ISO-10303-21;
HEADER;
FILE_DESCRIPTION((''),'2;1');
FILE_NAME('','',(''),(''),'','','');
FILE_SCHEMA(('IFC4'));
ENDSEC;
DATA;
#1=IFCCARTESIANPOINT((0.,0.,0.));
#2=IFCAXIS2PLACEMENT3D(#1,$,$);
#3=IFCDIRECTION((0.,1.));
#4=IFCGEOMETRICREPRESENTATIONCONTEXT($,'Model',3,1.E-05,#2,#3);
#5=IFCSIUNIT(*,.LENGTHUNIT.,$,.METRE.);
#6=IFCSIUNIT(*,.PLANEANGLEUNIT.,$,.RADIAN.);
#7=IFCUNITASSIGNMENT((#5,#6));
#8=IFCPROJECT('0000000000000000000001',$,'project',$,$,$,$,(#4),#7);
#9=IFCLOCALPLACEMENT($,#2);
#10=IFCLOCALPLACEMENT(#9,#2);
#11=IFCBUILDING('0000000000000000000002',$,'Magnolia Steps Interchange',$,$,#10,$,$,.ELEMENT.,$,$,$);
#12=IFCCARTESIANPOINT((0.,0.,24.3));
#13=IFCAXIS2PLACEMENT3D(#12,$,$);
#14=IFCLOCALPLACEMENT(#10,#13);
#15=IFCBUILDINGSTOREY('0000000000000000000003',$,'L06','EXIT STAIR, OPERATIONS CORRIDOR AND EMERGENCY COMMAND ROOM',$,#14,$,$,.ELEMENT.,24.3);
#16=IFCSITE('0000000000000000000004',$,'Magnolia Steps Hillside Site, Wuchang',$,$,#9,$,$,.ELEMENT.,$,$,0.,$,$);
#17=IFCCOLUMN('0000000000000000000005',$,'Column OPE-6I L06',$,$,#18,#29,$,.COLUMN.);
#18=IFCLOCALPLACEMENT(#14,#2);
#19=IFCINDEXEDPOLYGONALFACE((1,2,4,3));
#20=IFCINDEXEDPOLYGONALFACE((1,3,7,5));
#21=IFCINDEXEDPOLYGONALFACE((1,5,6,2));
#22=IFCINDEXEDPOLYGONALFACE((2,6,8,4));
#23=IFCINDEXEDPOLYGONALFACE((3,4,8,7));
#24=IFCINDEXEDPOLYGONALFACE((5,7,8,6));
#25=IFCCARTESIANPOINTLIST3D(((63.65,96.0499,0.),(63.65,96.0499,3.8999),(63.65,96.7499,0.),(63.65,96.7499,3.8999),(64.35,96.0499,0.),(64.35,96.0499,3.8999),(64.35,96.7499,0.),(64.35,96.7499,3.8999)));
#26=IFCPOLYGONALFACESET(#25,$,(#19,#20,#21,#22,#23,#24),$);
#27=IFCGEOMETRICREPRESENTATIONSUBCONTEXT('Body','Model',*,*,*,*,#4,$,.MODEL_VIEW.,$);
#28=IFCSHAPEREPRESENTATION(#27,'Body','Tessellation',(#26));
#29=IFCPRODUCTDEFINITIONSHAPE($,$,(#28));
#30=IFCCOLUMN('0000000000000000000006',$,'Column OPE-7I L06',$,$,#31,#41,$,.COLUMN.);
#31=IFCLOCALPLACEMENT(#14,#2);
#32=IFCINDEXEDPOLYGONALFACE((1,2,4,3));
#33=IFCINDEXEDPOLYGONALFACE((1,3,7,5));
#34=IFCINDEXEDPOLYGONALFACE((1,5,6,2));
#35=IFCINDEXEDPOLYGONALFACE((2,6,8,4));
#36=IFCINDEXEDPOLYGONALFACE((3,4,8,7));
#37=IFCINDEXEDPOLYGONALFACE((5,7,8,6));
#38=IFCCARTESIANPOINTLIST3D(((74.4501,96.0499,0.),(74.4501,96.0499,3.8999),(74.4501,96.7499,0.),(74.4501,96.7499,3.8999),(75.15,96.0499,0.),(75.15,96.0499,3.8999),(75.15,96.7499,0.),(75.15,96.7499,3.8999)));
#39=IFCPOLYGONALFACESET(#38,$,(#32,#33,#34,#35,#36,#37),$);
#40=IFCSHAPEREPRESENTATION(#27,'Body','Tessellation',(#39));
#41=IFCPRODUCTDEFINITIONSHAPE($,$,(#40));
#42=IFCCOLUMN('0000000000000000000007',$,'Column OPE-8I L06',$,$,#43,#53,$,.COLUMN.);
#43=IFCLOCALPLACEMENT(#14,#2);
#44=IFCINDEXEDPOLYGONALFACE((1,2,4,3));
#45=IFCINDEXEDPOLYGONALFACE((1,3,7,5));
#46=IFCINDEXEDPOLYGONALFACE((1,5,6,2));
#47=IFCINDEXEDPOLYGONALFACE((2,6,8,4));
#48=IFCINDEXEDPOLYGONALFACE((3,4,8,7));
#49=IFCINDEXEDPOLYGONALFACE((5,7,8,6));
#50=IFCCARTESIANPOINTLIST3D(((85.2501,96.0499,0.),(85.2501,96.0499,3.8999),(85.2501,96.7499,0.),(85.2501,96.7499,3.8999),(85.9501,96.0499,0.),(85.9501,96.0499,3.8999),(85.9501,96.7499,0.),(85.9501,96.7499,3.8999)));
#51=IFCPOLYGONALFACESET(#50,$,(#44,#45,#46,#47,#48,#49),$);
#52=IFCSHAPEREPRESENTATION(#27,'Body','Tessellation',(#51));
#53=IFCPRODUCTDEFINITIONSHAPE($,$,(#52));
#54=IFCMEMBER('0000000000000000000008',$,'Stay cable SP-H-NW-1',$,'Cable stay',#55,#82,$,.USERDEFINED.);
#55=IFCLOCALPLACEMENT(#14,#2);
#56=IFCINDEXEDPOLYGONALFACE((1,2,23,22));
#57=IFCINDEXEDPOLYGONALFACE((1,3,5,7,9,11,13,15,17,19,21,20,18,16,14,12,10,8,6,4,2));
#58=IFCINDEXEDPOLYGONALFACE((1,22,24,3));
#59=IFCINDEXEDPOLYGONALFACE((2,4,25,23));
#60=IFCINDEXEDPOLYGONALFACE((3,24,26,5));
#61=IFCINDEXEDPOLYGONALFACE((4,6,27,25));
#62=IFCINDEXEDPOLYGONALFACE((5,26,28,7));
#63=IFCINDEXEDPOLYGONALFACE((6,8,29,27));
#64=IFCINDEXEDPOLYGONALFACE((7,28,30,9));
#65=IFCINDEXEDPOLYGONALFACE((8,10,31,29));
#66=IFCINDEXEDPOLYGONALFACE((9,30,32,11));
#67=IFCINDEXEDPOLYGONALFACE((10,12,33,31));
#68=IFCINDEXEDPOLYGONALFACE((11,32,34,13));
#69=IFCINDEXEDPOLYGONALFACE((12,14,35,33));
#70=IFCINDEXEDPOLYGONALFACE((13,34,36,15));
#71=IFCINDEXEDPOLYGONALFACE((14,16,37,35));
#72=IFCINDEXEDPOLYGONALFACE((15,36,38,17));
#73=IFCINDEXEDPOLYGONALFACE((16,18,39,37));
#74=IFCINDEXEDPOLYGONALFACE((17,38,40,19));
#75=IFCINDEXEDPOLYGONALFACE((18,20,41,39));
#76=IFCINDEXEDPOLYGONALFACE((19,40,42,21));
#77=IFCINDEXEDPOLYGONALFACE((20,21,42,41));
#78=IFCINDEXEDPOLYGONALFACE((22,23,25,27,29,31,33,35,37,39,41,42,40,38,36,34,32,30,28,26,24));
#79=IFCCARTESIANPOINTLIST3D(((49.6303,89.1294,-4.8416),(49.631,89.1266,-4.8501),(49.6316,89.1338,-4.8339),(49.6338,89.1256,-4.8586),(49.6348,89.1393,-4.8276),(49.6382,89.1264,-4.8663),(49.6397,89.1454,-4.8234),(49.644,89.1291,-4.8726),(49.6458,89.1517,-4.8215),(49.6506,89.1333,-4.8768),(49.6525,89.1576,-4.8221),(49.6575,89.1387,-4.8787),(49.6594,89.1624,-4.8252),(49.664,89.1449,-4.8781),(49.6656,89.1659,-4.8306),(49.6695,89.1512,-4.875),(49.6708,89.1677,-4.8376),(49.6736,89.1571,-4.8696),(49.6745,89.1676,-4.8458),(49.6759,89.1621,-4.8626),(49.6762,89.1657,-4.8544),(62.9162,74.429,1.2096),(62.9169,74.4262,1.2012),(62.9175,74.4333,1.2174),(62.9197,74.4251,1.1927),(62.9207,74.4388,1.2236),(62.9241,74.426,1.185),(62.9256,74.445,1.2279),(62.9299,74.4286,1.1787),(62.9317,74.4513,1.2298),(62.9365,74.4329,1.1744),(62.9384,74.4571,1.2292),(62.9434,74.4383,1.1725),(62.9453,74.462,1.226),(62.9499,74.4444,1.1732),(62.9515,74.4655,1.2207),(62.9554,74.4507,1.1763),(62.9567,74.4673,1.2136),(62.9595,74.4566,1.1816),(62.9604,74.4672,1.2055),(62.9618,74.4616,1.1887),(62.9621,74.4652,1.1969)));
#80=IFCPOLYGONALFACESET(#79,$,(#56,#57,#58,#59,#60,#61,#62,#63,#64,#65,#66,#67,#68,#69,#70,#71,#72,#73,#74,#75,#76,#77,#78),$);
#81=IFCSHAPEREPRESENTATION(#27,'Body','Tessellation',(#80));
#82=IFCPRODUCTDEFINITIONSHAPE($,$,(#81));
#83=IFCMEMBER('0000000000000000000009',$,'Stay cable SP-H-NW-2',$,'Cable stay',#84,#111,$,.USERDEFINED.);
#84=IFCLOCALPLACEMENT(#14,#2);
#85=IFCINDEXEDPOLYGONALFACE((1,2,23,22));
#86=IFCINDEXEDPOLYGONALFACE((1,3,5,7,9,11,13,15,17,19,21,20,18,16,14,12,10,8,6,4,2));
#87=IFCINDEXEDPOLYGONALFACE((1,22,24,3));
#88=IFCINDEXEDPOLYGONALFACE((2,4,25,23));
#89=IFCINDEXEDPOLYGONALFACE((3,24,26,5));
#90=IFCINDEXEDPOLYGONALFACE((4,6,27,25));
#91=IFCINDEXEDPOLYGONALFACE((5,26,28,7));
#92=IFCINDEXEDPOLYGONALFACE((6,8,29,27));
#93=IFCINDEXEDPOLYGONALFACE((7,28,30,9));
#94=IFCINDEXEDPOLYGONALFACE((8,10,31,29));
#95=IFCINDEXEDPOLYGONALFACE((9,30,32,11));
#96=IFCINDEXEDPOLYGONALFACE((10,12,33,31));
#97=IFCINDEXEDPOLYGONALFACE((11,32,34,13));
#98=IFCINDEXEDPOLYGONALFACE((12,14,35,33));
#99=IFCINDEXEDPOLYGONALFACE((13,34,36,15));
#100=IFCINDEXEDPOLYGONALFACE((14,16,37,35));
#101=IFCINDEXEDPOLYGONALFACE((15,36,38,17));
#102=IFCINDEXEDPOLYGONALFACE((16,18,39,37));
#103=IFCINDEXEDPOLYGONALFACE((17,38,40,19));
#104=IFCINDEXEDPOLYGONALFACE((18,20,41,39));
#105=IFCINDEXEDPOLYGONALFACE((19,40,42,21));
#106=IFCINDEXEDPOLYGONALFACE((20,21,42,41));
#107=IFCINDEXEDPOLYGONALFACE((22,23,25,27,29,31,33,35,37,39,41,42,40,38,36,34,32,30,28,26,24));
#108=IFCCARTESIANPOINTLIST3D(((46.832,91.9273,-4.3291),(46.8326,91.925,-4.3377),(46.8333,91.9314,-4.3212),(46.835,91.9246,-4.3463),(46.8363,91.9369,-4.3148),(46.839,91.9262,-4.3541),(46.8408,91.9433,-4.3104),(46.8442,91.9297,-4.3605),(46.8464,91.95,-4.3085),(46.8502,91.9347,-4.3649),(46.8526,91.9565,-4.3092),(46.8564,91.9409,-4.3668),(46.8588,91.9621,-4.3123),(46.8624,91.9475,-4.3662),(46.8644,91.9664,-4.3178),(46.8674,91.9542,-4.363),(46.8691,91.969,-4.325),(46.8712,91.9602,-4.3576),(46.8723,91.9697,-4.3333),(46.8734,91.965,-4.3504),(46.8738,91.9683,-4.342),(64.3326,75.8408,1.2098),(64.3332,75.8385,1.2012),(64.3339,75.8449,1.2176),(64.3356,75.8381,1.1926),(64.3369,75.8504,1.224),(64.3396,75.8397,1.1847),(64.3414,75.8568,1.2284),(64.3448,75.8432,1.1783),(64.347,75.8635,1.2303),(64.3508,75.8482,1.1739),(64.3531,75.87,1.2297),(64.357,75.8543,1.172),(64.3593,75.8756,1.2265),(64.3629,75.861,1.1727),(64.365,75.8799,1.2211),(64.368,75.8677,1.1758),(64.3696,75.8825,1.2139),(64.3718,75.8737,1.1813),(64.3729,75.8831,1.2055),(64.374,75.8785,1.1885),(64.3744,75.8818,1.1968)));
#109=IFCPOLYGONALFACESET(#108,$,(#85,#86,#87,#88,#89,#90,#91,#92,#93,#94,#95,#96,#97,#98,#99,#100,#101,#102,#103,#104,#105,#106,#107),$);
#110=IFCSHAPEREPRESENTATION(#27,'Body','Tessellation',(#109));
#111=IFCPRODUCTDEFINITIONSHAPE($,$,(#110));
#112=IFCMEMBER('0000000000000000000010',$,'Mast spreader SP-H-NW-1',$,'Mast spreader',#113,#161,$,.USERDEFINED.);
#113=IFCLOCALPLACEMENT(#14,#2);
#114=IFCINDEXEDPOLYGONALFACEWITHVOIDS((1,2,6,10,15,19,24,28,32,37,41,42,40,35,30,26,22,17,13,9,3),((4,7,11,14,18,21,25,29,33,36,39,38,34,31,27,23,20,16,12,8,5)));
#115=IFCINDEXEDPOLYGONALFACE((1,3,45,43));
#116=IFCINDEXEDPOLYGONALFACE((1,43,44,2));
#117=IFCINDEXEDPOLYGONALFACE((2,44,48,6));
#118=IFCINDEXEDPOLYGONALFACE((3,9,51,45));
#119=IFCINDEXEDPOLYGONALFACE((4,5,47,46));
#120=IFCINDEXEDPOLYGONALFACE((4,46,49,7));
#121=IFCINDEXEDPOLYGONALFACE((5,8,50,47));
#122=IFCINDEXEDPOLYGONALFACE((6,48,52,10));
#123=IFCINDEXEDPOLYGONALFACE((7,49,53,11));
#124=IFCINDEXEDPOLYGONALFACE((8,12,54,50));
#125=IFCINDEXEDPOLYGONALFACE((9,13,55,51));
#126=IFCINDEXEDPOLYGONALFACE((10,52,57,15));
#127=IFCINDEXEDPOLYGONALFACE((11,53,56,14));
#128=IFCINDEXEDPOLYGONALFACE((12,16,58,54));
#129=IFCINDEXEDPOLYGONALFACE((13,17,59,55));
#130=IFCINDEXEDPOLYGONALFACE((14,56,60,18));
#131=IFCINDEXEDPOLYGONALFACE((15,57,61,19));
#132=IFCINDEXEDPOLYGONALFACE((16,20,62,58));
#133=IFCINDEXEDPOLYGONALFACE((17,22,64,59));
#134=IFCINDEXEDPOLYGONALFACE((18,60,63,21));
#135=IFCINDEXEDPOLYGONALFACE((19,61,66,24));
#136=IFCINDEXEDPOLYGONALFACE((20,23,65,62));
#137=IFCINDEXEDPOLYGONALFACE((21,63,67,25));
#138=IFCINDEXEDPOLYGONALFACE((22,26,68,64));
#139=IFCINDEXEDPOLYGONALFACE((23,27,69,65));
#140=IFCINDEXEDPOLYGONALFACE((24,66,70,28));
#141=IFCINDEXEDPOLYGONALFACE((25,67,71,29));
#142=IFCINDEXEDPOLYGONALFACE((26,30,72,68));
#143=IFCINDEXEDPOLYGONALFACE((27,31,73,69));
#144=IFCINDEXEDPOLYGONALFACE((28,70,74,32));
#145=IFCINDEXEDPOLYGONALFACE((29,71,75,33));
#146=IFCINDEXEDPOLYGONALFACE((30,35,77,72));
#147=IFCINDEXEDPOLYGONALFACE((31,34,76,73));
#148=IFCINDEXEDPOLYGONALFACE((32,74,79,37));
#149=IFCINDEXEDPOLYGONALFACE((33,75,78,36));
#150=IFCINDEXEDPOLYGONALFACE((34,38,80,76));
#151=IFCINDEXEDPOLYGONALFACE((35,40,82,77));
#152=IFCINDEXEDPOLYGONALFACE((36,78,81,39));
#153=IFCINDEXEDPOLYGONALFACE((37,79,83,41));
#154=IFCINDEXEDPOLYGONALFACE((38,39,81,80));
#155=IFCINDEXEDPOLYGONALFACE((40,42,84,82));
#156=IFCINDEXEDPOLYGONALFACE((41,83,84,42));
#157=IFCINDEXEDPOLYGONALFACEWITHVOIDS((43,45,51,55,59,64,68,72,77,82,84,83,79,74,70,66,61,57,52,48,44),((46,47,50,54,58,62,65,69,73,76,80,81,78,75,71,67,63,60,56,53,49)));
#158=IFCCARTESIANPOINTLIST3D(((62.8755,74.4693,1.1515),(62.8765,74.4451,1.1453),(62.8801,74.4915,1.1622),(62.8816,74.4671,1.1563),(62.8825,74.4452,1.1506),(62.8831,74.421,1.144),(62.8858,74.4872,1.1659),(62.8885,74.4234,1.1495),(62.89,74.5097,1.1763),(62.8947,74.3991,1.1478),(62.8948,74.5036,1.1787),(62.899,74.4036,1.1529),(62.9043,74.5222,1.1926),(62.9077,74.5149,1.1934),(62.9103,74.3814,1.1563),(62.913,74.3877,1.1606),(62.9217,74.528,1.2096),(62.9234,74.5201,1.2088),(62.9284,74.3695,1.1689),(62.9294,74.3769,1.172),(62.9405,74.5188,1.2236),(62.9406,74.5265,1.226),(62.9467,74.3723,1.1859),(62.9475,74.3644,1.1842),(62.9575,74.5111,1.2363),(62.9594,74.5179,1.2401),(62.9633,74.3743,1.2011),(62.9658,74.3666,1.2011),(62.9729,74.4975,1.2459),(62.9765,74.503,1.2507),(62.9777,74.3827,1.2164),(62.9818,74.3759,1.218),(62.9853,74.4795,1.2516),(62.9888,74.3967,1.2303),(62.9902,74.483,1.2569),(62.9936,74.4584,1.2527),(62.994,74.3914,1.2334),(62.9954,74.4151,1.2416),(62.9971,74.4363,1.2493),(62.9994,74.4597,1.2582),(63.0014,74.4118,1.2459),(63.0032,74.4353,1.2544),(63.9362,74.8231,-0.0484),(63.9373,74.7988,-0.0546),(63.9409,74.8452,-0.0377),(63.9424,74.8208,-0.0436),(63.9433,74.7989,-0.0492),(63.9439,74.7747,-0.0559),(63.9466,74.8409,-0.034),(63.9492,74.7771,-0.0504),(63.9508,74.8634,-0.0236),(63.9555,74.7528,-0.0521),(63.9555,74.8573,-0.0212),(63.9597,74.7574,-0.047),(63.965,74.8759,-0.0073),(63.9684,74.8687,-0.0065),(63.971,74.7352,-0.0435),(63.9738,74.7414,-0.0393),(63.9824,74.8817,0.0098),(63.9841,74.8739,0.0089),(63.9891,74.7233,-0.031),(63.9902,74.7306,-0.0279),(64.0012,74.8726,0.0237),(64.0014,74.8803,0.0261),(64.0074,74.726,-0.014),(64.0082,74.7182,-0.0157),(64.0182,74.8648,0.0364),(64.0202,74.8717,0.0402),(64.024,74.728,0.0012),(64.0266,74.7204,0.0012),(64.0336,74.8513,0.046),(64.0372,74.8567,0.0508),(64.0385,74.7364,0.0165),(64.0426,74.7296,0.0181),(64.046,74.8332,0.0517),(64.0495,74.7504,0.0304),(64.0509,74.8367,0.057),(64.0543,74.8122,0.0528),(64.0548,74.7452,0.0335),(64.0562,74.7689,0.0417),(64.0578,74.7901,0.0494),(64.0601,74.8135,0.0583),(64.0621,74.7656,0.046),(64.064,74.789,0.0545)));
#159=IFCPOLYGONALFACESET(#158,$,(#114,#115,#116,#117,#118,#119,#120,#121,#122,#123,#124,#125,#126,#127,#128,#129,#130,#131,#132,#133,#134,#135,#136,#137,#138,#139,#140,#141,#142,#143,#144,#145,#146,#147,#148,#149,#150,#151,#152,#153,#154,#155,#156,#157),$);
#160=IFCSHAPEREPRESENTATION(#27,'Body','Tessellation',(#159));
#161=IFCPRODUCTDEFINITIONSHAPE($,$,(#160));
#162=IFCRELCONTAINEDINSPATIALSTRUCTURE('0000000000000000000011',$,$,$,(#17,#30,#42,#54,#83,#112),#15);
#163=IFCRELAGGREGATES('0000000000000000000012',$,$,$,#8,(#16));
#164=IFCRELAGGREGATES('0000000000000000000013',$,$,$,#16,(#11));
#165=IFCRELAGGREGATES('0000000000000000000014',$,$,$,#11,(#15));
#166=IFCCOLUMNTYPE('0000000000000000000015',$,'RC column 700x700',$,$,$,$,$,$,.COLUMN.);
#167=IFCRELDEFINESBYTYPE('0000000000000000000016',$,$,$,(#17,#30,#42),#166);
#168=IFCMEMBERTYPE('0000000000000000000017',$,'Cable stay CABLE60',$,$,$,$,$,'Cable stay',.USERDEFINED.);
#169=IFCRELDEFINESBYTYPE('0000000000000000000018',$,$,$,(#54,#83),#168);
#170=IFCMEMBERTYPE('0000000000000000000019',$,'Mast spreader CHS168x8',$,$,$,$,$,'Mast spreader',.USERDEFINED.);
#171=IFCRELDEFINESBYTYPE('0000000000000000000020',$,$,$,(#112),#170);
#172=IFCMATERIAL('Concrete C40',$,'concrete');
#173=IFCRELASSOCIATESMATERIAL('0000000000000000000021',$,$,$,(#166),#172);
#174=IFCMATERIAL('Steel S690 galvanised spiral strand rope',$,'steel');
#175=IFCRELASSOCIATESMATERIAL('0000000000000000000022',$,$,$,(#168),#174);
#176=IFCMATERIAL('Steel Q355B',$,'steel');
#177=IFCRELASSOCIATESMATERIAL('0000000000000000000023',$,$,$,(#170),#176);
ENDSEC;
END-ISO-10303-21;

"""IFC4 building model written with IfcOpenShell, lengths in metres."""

from ifc_helpers import new_model, si_unit, direction, frame, origin, origin_2d, place, context, subcontext, project, spatial, rectangle, circle, hollow_circle, extrude, material, material_profile, profile_set, type_object, element, save


model = new_model("IFC4")

# Units and contexts
model_context = context("Model", 3, precision=1e-05, world=origin(), true_north=direction((0.0, 1.0)))
body_context = subcontext(model_context, "Body", "Model", "MODEL_VIEW")
ifc_project = project(units=[si_unit("LENGTHUNIT", "METRE"), si_unit("PLANEANGLEUNIT", "RADIAN")], contexts=[model_context])

# Site, building, storey
site_placement = place(None, origin())
site = spatial("IfcSite", under=ifc_project, at=site_placement, Name="Magnolia Steps Hillside Site, Wuchang", CompositionType="ELEMENT", RefElevation=0.0)
building_placement = place(site_placement, origin())
building = spatial("IfcBuilding", under=site, at=building_placement, Name="Magnolia Steps Interchange", CompositionType="ELEMENT")
storey_placement = place(building_placement, frame((0.0, 0.0, 24.3)))
storey = spatial("IfcBuildingStorey", under=building, at=storey_placement, Name="L06", Description="EXIT STAIR, OPERATIONS CORRIDOR AND EMERGENCY COMMAND ROOM", CompositionType="ELEMENT", Elevation=24.3)

# Columns
ifc_material_1 = material(Name="Concrete C40", Category="concrete")
ifc_material_profile_1 = material_profile(ifc_material_1, rectangle(XDim=0.7, YDim=0.7, at=origin_2d()), Name="RC700x700")
ifc_profile_set_1 = profile_set([ifc_material_profile_1], Name="Concrete C40")
column_type = type_object("IfcColumnType", Name="RC column 700x700", PredefinedType="COLUMN", material=ifc_profile_set_1)
for number, where, z_axis, x_axis, name in (
    (1, (64.0, 96.3999, 0.0), (0.0, 0.0, 1.0), (1.0, 0.0, 0.0), "Column OPE-6I L06"),
    (2, (74.8, 96.3999, 0.0), (0.0, 0.0, 1.0), (1.0, 0.0, 0.0), "Column OPE-7I L06"),
    (3, (85.6001, 96.3999, 0.0), (0.0, 0.0, 1.0), (1.0, 0.0, 0.0), "Column OPE-8I L06"),
):
    element("IfcColumn", number, at=place(storey_placement, frame(where, z_axis=z_axis, x_axis=x_axis)), inside=storey, type_object=column_type, Name=name, PredefinedType="COLUMN", context=body_context, shape_type="SweptSolid", body=[
        extrude(rectangle(XDim=0.7, YDim=0.7, at=origin_2d()), origin(), (0.0, 0.0, 1.0), 3.8999),
    ])

# Members
ifc_material_2 = material(Name="Steel S690 galvanised spiral strand rope", Category="steel")
ifc_material_profile_2 = material_profile(ifc_material_2, circle(Radius=0.03, at=origin_2d()), Name="CABLE60")
ifc_profile_set_2 = profile_set([ifc_material_profile_2], Name="Steel S690 galvanised spiral strand rope")
member_type_1 = type_object("IfcMemberType", Name="Cable stay CABLE60", ElementType="Cable stay", PredefinedType="USERDEFINED", material=ifc_profile_set_2)
member_1_placement = place(storey_placement, frame((62.9392, 74.4463, 1.2012), z_axis=(-0.641273, 0.709549, -0.292078), x_axis=(-0.7419, -0.670511, 0.0)))
element("IfcMember", 4, at=member_1_placement, inside=storey, type_object=member_type_1, Name="Stay cable SP-H-NW-1", ObjectType="Cable stay", PredefinedType="USERDEFINED", context=body_context, shape_type="SweptSolid", body=[
    extrude(circle(Radius=0.03, at=origin_2d()), origin(), (0.0, 0.0, 1.0), 20.718),
])
member_2_placement = place(storey_placement, frame((64.3535, 75.8606, 1.2012), z_axis=(-0.717017, 0.659081, -0.226932), x_axis=(-0.676737, -0.736225, 0.0)))
element("IfcMember", 5, at=member_2_placement, inside=storey, type_object=member_type_1, Name="Stay cable SP-H-NW-2", ObjectType="Cable stay", PredefinedType="USERDEFINED", context=body_context, shape_type="SweptSolid", body=[
    extrude(circle(Radius=0.03, at=origin_2d()), origin(), (0.0, 0.0, 1.0), 24.4075),
])
ifc_material_3 = material(Name="Steel Q355B", Category="steel")
ifc_material_profile_3 = material_profile(ifc_material_3, hollow_circle(Radius=0.084, WallThickness=0.0081, at=origin_2d()), Name="CHS168x8")
ifc_profile_set_3 = profile_set([ifc_material_profile_3], Name="Steel Q355B")
member_type_2 = type_object("IfcMemberType", Name="Mast spreader CHS168x8", ElementType="Mast spreader", PredefinedType="USERDEFINED", material=ifc_profile_set_3)
member_3_placement = place(storey_placement, frame((64.0, 74.8, 0.0012), z_axis=(-0.646739, -0.215679, 0.731581), x_axis=(0.316359, -0.94864, 0.0)))
element("IfcMember", 6, at=member_3_placement, inside=storey, type_object=member_type_2, Name="Mast spreader SP-H-NW-1", ObjectType="Mast spreader", PredefinedType="USERDEFINED", context=body_context, shape_type="SweptSolid", body=[
    extrude(hollow_circle(Radius=0.084, WallThickness=0.0081, at=origin_2d()), origin(), (0.0, 0.0, 1.0), 1.6401),
])

save(model, "model.ifc")
